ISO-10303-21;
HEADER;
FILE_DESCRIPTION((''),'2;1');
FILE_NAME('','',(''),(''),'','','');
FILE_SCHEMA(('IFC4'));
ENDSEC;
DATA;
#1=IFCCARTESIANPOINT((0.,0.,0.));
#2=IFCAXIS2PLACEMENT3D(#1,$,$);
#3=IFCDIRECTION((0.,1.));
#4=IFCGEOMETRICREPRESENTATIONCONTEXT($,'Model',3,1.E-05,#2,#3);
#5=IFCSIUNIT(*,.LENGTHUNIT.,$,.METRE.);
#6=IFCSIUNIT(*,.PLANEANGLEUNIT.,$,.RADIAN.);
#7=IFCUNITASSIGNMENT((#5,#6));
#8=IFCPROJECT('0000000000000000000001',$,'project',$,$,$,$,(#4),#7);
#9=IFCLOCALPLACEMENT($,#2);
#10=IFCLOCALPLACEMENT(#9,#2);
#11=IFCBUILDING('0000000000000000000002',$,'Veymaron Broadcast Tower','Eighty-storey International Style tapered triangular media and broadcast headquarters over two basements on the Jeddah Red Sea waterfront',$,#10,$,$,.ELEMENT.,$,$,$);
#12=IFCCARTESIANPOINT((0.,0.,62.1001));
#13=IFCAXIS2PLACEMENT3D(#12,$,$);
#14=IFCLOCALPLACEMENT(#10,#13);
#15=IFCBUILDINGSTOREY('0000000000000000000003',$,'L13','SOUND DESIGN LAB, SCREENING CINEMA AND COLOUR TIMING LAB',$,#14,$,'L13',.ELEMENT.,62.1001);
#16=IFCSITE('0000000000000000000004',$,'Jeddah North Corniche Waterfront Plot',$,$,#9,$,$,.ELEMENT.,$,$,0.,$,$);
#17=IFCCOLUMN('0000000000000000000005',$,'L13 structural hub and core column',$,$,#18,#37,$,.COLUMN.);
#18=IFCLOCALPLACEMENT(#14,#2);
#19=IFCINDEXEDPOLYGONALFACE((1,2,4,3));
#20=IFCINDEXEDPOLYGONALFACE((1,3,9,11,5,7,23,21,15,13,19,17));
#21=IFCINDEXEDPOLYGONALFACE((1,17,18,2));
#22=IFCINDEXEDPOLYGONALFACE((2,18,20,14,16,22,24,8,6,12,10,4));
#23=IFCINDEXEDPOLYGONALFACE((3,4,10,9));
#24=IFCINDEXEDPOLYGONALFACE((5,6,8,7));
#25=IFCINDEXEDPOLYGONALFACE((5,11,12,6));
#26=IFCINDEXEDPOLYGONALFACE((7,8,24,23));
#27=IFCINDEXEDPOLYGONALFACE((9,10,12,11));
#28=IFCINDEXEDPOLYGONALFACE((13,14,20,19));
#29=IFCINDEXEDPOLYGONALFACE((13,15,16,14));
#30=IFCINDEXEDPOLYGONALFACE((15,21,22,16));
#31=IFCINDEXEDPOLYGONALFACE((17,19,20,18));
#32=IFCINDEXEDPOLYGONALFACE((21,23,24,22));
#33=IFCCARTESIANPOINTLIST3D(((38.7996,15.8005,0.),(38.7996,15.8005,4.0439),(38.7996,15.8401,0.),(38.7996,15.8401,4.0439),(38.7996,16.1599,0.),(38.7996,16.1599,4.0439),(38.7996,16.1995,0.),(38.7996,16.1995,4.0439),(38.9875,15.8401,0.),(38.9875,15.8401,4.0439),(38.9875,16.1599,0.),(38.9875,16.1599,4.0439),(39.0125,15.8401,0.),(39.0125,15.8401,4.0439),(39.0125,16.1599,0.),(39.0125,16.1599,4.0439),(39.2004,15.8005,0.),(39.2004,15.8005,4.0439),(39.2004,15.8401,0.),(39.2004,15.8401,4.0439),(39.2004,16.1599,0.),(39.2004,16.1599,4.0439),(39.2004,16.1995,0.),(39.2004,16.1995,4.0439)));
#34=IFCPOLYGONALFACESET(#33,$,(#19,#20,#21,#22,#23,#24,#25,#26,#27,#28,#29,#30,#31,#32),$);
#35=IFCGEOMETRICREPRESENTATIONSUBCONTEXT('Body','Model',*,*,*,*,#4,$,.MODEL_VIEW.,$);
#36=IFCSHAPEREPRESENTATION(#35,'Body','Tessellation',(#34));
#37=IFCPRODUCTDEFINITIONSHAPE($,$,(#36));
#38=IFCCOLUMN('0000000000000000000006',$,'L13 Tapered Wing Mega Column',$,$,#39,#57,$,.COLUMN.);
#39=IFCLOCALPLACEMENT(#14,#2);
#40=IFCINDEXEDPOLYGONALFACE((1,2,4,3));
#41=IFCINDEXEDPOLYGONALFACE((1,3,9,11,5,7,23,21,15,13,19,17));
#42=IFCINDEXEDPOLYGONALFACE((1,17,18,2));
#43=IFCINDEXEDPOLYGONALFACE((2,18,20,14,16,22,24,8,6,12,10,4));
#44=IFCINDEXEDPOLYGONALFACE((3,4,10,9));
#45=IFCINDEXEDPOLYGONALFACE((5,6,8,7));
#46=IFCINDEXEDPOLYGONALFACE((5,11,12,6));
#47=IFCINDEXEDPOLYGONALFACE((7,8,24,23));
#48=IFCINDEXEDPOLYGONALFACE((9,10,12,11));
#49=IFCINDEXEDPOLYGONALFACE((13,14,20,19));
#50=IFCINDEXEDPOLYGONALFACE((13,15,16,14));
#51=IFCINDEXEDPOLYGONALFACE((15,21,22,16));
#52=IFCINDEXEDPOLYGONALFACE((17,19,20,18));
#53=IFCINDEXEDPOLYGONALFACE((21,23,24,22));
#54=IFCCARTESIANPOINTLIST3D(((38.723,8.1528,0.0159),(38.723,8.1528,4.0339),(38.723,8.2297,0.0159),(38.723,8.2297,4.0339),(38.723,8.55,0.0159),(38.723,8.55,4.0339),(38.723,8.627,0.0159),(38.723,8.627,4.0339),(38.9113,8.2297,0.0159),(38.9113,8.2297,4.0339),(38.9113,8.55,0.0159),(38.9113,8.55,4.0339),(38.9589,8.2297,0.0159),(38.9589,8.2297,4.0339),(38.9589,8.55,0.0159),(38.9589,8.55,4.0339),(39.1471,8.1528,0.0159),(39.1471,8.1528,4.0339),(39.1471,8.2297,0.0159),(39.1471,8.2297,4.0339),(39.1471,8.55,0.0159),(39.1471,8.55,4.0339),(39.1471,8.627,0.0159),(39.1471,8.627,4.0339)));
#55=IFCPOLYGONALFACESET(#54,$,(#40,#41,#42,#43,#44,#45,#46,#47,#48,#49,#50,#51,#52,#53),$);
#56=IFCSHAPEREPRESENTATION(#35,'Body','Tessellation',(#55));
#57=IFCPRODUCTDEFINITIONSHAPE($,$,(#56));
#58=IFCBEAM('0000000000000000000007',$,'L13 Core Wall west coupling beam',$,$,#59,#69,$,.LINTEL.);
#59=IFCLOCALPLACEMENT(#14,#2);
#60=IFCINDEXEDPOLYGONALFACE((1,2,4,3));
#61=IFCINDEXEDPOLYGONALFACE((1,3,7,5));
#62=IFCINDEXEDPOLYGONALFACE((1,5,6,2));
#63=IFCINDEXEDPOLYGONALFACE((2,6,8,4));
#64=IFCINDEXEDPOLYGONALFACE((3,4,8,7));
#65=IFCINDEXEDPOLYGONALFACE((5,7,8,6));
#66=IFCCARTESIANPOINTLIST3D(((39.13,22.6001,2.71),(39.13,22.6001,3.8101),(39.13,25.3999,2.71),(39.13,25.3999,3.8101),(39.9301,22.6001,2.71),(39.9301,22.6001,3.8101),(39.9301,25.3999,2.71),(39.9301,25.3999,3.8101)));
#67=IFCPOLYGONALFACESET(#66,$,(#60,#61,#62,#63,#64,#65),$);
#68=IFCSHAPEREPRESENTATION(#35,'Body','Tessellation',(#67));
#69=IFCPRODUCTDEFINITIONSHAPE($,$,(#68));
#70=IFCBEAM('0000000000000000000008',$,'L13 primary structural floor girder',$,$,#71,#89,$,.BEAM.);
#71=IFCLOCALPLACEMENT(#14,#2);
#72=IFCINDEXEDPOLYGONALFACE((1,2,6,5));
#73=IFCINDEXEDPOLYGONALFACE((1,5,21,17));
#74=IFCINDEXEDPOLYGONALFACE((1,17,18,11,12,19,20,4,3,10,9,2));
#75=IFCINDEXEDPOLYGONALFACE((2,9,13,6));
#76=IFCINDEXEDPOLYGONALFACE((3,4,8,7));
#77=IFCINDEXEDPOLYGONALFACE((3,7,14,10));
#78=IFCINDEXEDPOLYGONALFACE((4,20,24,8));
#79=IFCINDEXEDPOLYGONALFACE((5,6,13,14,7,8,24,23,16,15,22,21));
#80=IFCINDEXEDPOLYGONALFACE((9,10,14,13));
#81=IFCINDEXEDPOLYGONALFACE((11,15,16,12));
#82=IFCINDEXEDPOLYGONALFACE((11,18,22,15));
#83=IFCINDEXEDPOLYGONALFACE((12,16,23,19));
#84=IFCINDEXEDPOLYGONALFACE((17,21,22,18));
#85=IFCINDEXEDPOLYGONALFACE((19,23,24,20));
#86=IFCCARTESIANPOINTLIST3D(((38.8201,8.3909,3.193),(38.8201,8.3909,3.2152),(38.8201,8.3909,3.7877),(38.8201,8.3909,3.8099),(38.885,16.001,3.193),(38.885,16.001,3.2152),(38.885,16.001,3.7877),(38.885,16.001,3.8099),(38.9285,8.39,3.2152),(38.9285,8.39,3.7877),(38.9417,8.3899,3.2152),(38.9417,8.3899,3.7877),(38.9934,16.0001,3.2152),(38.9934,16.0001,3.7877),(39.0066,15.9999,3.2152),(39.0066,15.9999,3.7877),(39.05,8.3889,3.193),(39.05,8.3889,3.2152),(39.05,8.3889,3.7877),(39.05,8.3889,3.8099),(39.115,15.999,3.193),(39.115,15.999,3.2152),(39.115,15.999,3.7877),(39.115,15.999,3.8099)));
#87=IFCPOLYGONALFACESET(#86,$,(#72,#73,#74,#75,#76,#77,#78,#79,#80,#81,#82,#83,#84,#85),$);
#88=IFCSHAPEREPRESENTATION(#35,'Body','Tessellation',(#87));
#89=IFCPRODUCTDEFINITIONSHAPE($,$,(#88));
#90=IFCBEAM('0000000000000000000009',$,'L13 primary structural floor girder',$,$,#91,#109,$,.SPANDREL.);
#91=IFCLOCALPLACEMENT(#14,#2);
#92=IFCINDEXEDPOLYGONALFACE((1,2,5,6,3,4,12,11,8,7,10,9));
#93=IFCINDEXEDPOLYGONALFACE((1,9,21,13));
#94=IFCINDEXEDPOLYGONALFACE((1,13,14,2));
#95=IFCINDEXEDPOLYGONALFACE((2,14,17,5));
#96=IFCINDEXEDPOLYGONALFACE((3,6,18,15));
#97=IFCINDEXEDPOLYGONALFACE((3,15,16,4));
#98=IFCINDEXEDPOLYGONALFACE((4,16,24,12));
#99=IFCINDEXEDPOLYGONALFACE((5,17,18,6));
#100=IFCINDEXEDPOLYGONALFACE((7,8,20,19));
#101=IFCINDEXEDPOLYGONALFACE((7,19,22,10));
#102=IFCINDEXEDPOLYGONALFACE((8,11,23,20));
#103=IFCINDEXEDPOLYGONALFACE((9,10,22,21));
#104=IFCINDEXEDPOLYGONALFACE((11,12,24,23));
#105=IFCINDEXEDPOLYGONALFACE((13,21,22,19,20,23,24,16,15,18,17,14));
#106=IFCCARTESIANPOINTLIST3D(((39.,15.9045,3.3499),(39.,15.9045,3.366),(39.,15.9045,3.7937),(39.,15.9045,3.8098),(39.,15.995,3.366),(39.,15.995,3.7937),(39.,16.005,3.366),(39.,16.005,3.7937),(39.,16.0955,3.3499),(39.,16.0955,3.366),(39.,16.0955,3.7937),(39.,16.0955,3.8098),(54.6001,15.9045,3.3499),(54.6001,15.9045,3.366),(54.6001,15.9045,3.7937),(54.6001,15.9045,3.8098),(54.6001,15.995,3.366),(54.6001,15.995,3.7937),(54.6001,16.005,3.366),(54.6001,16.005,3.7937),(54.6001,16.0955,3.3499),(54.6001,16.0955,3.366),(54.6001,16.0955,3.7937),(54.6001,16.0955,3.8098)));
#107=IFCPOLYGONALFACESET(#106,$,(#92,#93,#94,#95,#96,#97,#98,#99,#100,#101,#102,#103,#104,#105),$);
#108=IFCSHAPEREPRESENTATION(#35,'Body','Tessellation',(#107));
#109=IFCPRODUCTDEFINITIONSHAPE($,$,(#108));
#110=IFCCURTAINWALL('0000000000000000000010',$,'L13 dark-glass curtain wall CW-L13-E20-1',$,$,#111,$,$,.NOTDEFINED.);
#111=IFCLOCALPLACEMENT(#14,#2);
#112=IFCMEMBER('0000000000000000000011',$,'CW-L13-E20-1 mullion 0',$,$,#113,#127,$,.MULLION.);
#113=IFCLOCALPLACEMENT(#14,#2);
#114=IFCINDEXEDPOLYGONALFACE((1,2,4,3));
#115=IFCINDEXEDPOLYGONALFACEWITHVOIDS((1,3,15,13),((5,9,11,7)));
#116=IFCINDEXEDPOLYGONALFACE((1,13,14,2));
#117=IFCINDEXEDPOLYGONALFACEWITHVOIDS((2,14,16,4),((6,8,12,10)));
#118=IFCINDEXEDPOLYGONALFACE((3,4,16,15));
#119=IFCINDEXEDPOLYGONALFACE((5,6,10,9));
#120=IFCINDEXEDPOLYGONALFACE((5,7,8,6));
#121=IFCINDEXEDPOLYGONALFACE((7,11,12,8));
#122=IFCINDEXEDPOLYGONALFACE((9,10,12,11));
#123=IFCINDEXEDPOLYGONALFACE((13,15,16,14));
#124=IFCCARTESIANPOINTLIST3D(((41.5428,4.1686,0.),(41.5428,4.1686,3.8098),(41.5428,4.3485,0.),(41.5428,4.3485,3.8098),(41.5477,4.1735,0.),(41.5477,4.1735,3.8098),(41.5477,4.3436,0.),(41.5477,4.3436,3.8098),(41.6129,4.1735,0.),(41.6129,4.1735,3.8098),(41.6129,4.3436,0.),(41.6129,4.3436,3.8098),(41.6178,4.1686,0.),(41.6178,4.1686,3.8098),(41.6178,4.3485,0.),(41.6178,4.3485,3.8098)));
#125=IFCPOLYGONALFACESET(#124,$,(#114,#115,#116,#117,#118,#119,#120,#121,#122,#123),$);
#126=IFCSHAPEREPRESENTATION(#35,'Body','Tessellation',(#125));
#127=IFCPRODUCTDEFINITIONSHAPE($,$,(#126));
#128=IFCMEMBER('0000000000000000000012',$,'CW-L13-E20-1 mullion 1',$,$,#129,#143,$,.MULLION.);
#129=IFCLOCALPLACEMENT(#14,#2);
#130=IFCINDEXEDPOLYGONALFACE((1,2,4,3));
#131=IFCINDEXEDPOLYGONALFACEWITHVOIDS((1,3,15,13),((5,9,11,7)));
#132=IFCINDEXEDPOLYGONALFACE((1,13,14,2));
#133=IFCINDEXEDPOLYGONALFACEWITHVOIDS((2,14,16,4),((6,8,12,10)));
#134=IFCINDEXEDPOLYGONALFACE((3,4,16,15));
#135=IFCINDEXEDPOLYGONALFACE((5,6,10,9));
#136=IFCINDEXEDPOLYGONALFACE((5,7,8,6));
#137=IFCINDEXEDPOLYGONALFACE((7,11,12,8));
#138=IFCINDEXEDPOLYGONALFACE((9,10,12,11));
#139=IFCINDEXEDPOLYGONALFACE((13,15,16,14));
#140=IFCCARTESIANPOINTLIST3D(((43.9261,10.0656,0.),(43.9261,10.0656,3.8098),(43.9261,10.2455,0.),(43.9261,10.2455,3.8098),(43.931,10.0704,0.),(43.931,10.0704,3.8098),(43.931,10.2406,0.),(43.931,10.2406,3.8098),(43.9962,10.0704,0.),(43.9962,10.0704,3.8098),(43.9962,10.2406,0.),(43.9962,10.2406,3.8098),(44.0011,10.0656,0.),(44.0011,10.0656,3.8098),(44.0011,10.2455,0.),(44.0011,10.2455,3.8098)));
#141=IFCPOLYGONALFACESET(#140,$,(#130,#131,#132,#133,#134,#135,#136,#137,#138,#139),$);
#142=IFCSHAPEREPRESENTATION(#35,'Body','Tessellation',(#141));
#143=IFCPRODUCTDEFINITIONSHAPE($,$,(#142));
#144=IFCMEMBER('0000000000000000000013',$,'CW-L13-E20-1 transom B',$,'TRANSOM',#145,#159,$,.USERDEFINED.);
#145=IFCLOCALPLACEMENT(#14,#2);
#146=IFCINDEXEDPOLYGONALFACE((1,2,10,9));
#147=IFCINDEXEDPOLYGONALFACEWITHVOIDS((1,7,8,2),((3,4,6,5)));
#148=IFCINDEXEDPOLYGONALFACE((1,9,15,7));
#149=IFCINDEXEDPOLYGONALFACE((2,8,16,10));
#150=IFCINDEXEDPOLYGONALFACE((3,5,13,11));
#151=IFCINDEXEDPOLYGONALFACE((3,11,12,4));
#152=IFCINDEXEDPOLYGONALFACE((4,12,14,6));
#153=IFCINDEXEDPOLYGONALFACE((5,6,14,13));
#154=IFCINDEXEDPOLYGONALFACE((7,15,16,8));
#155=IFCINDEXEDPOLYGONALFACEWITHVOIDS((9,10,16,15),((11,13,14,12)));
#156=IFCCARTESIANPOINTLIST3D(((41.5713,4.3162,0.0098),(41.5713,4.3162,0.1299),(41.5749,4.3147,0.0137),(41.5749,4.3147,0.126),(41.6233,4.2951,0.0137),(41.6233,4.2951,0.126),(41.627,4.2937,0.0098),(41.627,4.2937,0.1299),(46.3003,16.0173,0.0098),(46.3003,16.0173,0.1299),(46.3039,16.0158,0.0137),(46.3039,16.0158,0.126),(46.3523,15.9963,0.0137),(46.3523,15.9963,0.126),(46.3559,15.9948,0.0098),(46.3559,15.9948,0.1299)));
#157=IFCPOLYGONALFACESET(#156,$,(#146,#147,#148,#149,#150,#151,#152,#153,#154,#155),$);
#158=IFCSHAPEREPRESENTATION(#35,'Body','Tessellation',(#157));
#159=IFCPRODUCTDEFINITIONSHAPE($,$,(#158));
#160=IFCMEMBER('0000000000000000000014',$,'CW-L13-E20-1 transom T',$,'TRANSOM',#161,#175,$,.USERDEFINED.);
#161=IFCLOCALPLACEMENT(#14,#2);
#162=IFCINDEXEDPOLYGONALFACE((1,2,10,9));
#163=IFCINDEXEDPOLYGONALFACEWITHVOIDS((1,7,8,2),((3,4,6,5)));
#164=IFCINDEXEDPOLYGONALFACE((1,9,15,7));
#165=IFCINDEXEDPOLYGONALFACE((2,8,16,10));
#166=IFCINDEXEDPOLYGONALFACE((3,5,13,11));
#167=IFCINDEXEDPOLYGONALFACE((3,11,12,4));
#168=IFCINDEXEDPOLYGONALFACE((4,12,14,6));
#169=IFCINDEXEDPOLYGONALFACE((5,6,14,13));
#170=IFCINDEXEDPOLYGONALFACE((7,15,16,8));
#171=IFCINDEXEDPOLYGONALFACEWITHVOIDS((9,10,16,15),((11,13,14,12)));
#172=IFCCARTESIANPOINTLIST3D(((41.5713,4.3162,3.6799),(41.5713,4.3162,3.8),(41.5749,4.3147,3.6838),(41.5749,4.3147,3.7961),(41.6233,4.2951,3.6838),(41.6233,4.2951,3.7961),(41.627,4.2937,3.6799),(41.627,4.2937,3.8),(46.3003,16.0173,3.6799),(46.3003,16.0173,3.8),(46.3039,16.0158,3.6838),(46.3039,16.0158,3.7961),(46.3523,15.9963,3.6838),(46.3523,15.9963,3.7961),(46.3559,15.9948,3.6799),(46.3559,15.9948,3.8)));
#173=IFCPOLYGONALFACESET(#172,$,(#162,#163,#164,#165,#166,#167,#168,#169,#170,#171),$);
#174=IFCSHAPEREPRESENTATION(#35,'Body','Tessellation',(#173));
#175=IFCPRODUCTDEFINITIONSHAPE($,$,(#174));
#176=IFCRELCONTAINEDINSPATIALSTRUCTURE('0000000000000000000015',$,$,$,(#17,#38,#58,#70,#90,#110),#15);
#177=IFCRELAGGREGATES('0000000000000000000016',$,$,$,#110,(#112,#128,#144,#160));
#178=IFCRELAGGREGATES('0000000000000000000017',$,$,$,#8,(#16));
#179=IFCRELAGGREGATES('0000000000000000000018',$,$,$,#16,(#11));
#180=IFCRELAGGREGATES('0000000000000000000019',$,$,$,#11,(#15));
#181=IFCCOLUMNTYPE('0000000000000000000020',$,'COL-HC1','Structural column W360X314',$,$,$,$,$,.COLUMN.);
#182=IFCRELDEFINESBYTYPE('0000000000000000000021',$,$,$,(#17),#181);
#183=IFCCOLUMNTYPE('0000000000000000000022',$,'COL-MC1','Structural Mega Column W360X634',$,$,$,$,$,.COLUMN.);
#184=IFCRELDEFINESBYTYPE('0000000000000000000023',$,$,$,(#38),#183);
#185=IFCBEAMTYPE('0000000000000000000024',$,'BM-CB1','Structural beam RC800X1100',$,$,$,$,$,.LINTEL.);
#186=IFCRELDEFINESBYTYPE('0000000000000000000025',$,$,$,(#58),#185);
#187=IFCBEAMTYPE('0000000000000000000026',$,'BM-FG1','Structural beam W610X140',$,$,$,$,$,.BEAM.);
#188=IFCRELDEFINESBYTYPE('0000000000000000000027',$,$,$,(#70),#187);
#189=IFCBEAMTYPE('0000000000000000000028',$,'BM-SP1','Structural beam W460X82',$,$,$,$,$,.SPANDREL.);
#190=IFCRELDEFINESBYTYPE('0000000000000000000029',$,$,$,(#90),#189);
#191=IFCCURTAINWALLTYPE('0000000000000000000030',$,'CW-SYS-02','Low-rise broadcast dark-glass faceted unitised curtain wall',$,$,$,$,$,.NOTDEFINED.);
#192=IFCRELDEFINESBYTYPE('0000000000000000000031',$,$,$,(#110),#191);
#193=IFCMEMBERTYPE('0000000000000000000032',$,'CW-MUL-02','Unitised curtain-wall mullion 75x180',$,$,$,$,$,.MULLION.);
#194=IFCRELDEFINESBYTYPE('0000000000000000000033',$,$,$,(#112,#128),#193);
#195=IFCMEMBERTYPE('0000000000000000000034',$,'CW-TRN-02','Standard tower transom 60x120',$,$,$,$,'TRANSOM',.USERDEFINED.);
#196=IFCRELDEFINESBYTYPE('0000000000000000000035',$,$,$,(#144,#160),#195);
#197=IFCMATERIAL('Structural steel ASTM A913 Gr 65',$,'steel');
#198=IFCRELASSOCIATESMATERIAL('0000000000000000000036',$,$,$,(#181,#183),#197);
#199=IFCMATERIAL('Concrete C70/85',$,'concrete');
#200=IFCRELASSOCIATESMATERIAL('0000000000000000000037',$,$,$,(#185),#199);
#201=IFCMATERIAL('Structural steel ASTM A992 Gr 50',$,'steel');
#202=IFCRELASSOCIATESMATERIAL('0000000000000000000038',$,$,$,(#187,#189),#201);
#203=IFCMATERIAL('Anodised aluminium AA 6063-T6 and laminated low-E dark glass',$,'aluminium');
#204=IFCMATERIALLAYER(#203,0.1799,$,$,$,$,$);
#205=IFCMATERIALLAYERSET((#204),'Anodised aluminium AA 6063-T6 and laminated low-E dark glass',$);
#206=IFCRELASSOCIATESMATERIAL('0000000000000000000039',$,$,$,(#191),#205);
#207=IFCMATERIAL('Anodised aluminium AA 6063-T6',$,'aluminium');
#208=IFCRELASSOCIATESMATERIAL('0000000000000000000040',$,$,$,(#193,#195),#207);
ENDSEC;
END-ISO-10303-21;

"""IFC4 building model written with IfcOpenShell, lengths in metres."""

from ifc_helpers import new_model, si_unit, direction, frame, origin, origin_2d, place, context, subcontext, project, spatial, rectangle, hollow_rectangle, i_section, extrude, material, layer, layer_set, material_profile, profile_set, type_object, element, aggregate, save


model = new_model("IFC4")

# Units and contexts
model_context = context("Model", 3, precision=1e-05, world=origin(), true_north=direction((0.0, 1.0)))
body_context = subcontext(model_context, "Body", "Model", "MODEL_VIEW")
ifc_project = project(units=[si_unit("LENGTHUNIT", "METRE"), si_unit("PLANEANGLEUNIT", "RADIAN")], contexts=[model_context])

# Site, building, storey
site_placement = place(None, origin())
site = spatial("IfcSite", under=ifc_project, at=site_placement, Name="Jeddah North Corniche Waterfront Plot", CompositionType="ELEMENT", RefElevation=0.0)
building_placement = place(site_placement, origin())
building = spatial("IfcBuilding", under=site, at=building_placement, Name="Veymaron Broadcast Tower", Description="Eighty-storey International Style tapered triangular media and broadcast headquarters over two basements on the Jeddah Red Sea waterfront", CompositionType="ELEMENT")
storey_placement = place(building_placement, frame((0.0, 0.0, 62.1001)))
storey = spatial("IfcBuildingStorey", under=building, at=storey_placement, Name="L13", Description="SOUND DESIGN LAB, SCREENING CINEMA AND COLOUR TIMING LAB", LongName="L13", CompositionType="ELEMENT", Elevation=62.1001)

# Columns
ifc_material_1 = material(Name="Structural steel ASTM A913 Gr 65", Category="steel")
ifc_material_profile_1 = material_profile(ifc_material_1, i_section(OverallWidth=0.4009, OverallDepth=0.3989, WebThickness=0.0249, FlangeThickness=0.0396, at=origin_2d()), Name="W360X314")
ifc_profile_set_1 = profile_set([ifc_material_profile_1], Name="Structural steel ASTM A913 Gr 65")
column_type_1 = type_object("IfcColumnType", Name="COL-HC1", Description="Structural column W360X314", PredefinedType="COLUMN", material=ifc_profile_set_1)
column_1_placement = place(storey_placement, frame((39.0, 16.0, 0.0), z_axis=(0.0, 0.0, 1.0), x_axis=(1.0, 0.0, 0.0)))
element("IfcColumn", 1, at=column_1_placement, inside=storey, type_object=column_type_1, Name="L13 structural hub and core column", PredefinedType="COLUMN", context=body_context, shape_type="SweptSolid", body=[
    extrude(i_section(OverallWidth=0.4009, OverallDepth=0.3989, WebThickness=0.0249, FlangeThickness=0.0396, at=origin_2d()), origin(), (0.0, 0.0, 1.0), 4.0439),
])
ifc_material_profile_2 = material_profile(ifc_material_1, i_section(OverallWidth=0.4241, OverallDepth=0.4741, WebThickness=0.0476, FlangeThickness=0.0769, at=origin_2d()), Name="W360X634")
ifc_profile_set_2 = profile_set([ifc_material_profile_2], Name="Structural steel ASTM A913 Gr 65")
column_type_2 = type_object("IfcColumnType", Name="COL-MC1", Description="Structural Mega Column W360X634", PredefinedType="COLUMN", material=ifc_profile_set_2)
column_2_placement = place(storey_placement, frame((38.9351, 8.3899, 0.0159), z_axis=(0.0, 0.0, 1.0), x_axis=(1.0, 0.0, 0.0)))
element("IfcColumn", 2, at=column_2_placement, inside=storey, type_object=column_type_2, Name="L13 Tapered Wing Mega Column", PredefinedType="COLUMN", context=body_context, shape_type="SweptSolid", body=[
    extrude(i_section(OverallWidth=0.4241, OverallDepth=0.4741, WebThickness=0.0476, FlangeThickness=0.0769, at=origin_2d()), origin(), (0.0, 0.0, 1.0), 4.0181),
])

# Beams
ifc_material_2 = material(Name="Concrete C70/85", Category="concrete")
ifc_material_profile_3 = material_profile(ifc_material_2, rectangle(XDim=0.8, YDim=1.1001, at=origin_2d()), Name="RC800X1100")
ifc_profile_set_3 = profile_set([ifc_material_profile_3], Name="Concrete C70/85")
beam_type_1 = type_object("IfcBeamType", Name="BM-CB1", Description="Structural beam RC800X1100", PredefinedType="LINTEL", material=ifc_profile_set_3)
beam_1_placement = place(storey_placement, frame((39.53, 22.6001, 3.26), z_axis=(0.0, 1.0, 0.0), x_axis=(-1.0, 0.0, 0.0)))
element("IfcBeam", 3, at=beam_1_placement, inside=storey, type_object=beam_type_1, Name="L13 Core Wall west coupling beam", PredefinedType="LINTEL", context=body_context, shape_type="SweptSolid", body=[
    extrude(rectangle(XDim=0.8, YDim=1.1001, at=origin_2d()), origin(), (0.0, 0.0, 1.0), 2.7998),
])
ifc_material_3 = material(Name="Structural steel ASTM A992 Gr 50", Category="steel")
ifc_material_profile_4 = material_profile(ifc_material_3, i_section(OverallWidth=0.23, OverallDepth=0.6169, WebThickness=0.0132, FlangeThickness=0.0222, at=origin_2d()), Name="W610X140")
ifc_profile_set_4 = profile_set([ifc_material_profile_4], Name="Structural steel ASTM A992 Gr 50")
beam_type_2 = type_object("IfcBeamType", Name="BM-FG1", Description="Structural beam W610X140", PredefinedType="BEAM", material=ifc_profile_set_4)
beam_2_placement = place(storey_placement, frame((39.0, 16.0, 3.5015), z_axis=(-0.008533, -0.999964, 0.0), x_axis=(0.999964, -0.008533, 0.0)))
element("IfcBeam", 4, at=beam_2_placement, inside=storey, type_object=beam_type_2, Name="L13 primary structural floor girder", PredefinedType="BEAM", context=body_context, shape_type="SweptSolid", body=[
    extrude(i_section(OverallWidth=0.23, OverallDepth=0.6169, WebThickness=0.0132, FlangeThickness=0.0222, at=origin_2d()), origin(), (0.0, 0.0, 1.0), 7.6104),
])
ifc_material_profile_5 = material_profile(ifc_material_3, i_section(OverallWidth=0.1909, OverallDepth=0.46, WebThickness=0.01, FlangeThickness=0.0161, at=origin_2d()), Name="W460X82")
ifc_profile_set_5 = profile_set([ifc_material_profile_5], Name="Structural steel ASTM A992 Gr 50")
beam_type_3 = type_object("IfcBeamType", Name="BM-SP1", Description="Structural beam W460X82", PredefinedType="SPANDREL", material=ifc_profile_set_5)
beam_3_placement = place(storey_placement, frame((39.0, 16.0, 3.5798), z_axis=(1.0, 0.0, 0.0), x_axis=(0.0, 1.0, 0.0)))
element("IfcBeam", 5, at=beam_3_placement, inside=storey, type_object=beam_type_3, Name="L13 primary structural floor girder", PredefinedType="SPANDREL", context=body_context, shape_type="SweptSolid", body=[
    extrude(i_section(OverallWidth=0.1909, OverallDepth=0.46, WebThickness=0.01, FlangeThickness=0.0161, at=origin_2d()), origin(), (0.0, 0.0, 1.0), 15.6001),
])

# Curtain wall, members
ifc_material_4 = material(Name="Anodised aluminium AA 6063-T6 and laminated low-E dark glass", Category="aluminium")
ifc_layer_1 = layer(ifc_material_4, 0.1799)
ifc_layer_set_1 = layer_set([ifc_layer_1], Name="Anodised aluminium AA 6063-T6 and laminated low-E dark glass")
curtain_wall_type = type_object("IfcCurtainWallType", Name="CW-SYS-02", Description="Low-rise broadcast dark-glass faceted unitised curtain wall", PredefinedType="NOTDEFINED", material=ifc_layer_set_1)
curtain_wall_placement = place(storey_placement, origin())
curtain_wall = element("IfcCurtainWall", 6, at=curtain_wall_placement, inside=storey, type_object=curtain_wall_type, Name="L13 dark-glass curtain wall CW-L13-E20-1", PredefinedType="NOTDEFINED")
ifc_material_5 = material(Name="Anodised aluminium AA 6063-T6", Category="aluminium")
ifc_material_profile_6 = material_profile(ifc_material_5, hollow_rectangle(XDim=0.075, YDim=0.1799, WallThickness=0.0049, at=origin_2d()), Name="AL180X75X5")
ifc_profile_set_6 = profile_set([ifc_material_profile_6], Name="Anodised aluminium AA 6063-T6")
member_type_1 = type_object("IfcMemberType", Name="CW-MUL-02", Description="Unitised curtain-wall mullion 75x180", PredefinedType="MULLION", material=ifc_profile_set_6)
member_1_placement = place(storey_placement, frame((41.5803, 4.2585, 0.0), z_axis=(0.0, 0.0, 1.0), x_axis=(1.0, 0.0, 0.0)))
member_1 = element("IfcMember", 7, at=member_1_placement, type_object=member_type_1, Name="CW-L13-E20-1 mullion 0", PredefinedType="MULLION", context=body_context, shape_type="SweptSolid", body=[
    extrude(hollow_rectangle(XDim=0.075, YDim=0.1799, WallThickness=0.0049, at=origin_2d()), origin(), (0.0, 0.0, 1.0), 3.8098),
])
member_2_placement = place(storey_placement, frame((43.9636, 10.1555, 0.0), z_axis=(0.0, 0.0, 1.0), x_axis=(1.0, 0.0, 0.0)))
member_2 = element("IfcMember", 8, at=member_2_placement, type_object=member_type_1, Name="CW-L13-E20-1 mullion 1", PredefinedType="MULLION", context=body_context, shape_type="SweptSolid", body=[
    extrude(hollow_rectangle(XDim=0.075, YDim=0.1799, WallThickness=0.0049, at=origin_2d()), origin(), (0.0, 0.0, 1.0), 3.8098),
])
ifc_material_profile_7 = material_profile(ifc_material_5, hollow_rectangle(XDim=0.0601, YDim=0.1201, WallThickness=0.0039, at=origin_2d()), Name="AL120X60X4")
ifc_profile_set_7 = profile_set([ifc_material_profile_7], Name="Anodised aluminium AA 6063-T6")
member_type_2 = type_object("IfcMemberType", Name="CW-TRN-02", Description="Standard tower transom 60x120", ElementType="TRANSOM", PredefinedType="USERDEFINED", material=ifc_profile_set_7)
member_3_placement = place(storey_placement, frame((41.5991, 4.3049, 0.0698), z_axis=(0.374704, 0.927145, 0.0), x_axis=(-0.927145, 0.374704, 0.0)))
member_3 = element("IfcMember", 9, at=member_3_placement, type_object=member_type_2, Name="CW-L13-E20-1 transom B", ObjectType="TRANSOM", PredefinedType="USERDEFINED", context=body_context, shape_type="SweptSolid", body=[
    extrude(hollow_rectangle(XDim=0.0601, YDim=0.1201, WallThickness=0.0039, at=origin_2d()), origin(), (0.0, 0.0, 1.0), 12.6206),
])
member_4_placement = place(storey_placement, frame((41.5991, 4.3049, 3.74), z_axis=(0.374704, 0.927145, 0.0), x_axis=(-0.927145, 0.374704, 0.0)))
member_4 = element("IfcMember", 10, at=member_4_placement, type_object=member_type_2, Name="CW-L13-E20-1 transom T", ObjectType="TRANSOM", PredefinedType="USERDEFINED", context=body_context, shape_type="SweptSolid", body=[
    extrude(hollow_rectangle(XDim=0.0601, YDim=0.1201, WallThickness=0.0039, at=origin_2d()), origin(), (0.0, 0.0, 1.0), 12.6206),
])
aggregate(curtain_wall, [member_1, member_2, member_3, member_4])

save(model, "model.ifc")
